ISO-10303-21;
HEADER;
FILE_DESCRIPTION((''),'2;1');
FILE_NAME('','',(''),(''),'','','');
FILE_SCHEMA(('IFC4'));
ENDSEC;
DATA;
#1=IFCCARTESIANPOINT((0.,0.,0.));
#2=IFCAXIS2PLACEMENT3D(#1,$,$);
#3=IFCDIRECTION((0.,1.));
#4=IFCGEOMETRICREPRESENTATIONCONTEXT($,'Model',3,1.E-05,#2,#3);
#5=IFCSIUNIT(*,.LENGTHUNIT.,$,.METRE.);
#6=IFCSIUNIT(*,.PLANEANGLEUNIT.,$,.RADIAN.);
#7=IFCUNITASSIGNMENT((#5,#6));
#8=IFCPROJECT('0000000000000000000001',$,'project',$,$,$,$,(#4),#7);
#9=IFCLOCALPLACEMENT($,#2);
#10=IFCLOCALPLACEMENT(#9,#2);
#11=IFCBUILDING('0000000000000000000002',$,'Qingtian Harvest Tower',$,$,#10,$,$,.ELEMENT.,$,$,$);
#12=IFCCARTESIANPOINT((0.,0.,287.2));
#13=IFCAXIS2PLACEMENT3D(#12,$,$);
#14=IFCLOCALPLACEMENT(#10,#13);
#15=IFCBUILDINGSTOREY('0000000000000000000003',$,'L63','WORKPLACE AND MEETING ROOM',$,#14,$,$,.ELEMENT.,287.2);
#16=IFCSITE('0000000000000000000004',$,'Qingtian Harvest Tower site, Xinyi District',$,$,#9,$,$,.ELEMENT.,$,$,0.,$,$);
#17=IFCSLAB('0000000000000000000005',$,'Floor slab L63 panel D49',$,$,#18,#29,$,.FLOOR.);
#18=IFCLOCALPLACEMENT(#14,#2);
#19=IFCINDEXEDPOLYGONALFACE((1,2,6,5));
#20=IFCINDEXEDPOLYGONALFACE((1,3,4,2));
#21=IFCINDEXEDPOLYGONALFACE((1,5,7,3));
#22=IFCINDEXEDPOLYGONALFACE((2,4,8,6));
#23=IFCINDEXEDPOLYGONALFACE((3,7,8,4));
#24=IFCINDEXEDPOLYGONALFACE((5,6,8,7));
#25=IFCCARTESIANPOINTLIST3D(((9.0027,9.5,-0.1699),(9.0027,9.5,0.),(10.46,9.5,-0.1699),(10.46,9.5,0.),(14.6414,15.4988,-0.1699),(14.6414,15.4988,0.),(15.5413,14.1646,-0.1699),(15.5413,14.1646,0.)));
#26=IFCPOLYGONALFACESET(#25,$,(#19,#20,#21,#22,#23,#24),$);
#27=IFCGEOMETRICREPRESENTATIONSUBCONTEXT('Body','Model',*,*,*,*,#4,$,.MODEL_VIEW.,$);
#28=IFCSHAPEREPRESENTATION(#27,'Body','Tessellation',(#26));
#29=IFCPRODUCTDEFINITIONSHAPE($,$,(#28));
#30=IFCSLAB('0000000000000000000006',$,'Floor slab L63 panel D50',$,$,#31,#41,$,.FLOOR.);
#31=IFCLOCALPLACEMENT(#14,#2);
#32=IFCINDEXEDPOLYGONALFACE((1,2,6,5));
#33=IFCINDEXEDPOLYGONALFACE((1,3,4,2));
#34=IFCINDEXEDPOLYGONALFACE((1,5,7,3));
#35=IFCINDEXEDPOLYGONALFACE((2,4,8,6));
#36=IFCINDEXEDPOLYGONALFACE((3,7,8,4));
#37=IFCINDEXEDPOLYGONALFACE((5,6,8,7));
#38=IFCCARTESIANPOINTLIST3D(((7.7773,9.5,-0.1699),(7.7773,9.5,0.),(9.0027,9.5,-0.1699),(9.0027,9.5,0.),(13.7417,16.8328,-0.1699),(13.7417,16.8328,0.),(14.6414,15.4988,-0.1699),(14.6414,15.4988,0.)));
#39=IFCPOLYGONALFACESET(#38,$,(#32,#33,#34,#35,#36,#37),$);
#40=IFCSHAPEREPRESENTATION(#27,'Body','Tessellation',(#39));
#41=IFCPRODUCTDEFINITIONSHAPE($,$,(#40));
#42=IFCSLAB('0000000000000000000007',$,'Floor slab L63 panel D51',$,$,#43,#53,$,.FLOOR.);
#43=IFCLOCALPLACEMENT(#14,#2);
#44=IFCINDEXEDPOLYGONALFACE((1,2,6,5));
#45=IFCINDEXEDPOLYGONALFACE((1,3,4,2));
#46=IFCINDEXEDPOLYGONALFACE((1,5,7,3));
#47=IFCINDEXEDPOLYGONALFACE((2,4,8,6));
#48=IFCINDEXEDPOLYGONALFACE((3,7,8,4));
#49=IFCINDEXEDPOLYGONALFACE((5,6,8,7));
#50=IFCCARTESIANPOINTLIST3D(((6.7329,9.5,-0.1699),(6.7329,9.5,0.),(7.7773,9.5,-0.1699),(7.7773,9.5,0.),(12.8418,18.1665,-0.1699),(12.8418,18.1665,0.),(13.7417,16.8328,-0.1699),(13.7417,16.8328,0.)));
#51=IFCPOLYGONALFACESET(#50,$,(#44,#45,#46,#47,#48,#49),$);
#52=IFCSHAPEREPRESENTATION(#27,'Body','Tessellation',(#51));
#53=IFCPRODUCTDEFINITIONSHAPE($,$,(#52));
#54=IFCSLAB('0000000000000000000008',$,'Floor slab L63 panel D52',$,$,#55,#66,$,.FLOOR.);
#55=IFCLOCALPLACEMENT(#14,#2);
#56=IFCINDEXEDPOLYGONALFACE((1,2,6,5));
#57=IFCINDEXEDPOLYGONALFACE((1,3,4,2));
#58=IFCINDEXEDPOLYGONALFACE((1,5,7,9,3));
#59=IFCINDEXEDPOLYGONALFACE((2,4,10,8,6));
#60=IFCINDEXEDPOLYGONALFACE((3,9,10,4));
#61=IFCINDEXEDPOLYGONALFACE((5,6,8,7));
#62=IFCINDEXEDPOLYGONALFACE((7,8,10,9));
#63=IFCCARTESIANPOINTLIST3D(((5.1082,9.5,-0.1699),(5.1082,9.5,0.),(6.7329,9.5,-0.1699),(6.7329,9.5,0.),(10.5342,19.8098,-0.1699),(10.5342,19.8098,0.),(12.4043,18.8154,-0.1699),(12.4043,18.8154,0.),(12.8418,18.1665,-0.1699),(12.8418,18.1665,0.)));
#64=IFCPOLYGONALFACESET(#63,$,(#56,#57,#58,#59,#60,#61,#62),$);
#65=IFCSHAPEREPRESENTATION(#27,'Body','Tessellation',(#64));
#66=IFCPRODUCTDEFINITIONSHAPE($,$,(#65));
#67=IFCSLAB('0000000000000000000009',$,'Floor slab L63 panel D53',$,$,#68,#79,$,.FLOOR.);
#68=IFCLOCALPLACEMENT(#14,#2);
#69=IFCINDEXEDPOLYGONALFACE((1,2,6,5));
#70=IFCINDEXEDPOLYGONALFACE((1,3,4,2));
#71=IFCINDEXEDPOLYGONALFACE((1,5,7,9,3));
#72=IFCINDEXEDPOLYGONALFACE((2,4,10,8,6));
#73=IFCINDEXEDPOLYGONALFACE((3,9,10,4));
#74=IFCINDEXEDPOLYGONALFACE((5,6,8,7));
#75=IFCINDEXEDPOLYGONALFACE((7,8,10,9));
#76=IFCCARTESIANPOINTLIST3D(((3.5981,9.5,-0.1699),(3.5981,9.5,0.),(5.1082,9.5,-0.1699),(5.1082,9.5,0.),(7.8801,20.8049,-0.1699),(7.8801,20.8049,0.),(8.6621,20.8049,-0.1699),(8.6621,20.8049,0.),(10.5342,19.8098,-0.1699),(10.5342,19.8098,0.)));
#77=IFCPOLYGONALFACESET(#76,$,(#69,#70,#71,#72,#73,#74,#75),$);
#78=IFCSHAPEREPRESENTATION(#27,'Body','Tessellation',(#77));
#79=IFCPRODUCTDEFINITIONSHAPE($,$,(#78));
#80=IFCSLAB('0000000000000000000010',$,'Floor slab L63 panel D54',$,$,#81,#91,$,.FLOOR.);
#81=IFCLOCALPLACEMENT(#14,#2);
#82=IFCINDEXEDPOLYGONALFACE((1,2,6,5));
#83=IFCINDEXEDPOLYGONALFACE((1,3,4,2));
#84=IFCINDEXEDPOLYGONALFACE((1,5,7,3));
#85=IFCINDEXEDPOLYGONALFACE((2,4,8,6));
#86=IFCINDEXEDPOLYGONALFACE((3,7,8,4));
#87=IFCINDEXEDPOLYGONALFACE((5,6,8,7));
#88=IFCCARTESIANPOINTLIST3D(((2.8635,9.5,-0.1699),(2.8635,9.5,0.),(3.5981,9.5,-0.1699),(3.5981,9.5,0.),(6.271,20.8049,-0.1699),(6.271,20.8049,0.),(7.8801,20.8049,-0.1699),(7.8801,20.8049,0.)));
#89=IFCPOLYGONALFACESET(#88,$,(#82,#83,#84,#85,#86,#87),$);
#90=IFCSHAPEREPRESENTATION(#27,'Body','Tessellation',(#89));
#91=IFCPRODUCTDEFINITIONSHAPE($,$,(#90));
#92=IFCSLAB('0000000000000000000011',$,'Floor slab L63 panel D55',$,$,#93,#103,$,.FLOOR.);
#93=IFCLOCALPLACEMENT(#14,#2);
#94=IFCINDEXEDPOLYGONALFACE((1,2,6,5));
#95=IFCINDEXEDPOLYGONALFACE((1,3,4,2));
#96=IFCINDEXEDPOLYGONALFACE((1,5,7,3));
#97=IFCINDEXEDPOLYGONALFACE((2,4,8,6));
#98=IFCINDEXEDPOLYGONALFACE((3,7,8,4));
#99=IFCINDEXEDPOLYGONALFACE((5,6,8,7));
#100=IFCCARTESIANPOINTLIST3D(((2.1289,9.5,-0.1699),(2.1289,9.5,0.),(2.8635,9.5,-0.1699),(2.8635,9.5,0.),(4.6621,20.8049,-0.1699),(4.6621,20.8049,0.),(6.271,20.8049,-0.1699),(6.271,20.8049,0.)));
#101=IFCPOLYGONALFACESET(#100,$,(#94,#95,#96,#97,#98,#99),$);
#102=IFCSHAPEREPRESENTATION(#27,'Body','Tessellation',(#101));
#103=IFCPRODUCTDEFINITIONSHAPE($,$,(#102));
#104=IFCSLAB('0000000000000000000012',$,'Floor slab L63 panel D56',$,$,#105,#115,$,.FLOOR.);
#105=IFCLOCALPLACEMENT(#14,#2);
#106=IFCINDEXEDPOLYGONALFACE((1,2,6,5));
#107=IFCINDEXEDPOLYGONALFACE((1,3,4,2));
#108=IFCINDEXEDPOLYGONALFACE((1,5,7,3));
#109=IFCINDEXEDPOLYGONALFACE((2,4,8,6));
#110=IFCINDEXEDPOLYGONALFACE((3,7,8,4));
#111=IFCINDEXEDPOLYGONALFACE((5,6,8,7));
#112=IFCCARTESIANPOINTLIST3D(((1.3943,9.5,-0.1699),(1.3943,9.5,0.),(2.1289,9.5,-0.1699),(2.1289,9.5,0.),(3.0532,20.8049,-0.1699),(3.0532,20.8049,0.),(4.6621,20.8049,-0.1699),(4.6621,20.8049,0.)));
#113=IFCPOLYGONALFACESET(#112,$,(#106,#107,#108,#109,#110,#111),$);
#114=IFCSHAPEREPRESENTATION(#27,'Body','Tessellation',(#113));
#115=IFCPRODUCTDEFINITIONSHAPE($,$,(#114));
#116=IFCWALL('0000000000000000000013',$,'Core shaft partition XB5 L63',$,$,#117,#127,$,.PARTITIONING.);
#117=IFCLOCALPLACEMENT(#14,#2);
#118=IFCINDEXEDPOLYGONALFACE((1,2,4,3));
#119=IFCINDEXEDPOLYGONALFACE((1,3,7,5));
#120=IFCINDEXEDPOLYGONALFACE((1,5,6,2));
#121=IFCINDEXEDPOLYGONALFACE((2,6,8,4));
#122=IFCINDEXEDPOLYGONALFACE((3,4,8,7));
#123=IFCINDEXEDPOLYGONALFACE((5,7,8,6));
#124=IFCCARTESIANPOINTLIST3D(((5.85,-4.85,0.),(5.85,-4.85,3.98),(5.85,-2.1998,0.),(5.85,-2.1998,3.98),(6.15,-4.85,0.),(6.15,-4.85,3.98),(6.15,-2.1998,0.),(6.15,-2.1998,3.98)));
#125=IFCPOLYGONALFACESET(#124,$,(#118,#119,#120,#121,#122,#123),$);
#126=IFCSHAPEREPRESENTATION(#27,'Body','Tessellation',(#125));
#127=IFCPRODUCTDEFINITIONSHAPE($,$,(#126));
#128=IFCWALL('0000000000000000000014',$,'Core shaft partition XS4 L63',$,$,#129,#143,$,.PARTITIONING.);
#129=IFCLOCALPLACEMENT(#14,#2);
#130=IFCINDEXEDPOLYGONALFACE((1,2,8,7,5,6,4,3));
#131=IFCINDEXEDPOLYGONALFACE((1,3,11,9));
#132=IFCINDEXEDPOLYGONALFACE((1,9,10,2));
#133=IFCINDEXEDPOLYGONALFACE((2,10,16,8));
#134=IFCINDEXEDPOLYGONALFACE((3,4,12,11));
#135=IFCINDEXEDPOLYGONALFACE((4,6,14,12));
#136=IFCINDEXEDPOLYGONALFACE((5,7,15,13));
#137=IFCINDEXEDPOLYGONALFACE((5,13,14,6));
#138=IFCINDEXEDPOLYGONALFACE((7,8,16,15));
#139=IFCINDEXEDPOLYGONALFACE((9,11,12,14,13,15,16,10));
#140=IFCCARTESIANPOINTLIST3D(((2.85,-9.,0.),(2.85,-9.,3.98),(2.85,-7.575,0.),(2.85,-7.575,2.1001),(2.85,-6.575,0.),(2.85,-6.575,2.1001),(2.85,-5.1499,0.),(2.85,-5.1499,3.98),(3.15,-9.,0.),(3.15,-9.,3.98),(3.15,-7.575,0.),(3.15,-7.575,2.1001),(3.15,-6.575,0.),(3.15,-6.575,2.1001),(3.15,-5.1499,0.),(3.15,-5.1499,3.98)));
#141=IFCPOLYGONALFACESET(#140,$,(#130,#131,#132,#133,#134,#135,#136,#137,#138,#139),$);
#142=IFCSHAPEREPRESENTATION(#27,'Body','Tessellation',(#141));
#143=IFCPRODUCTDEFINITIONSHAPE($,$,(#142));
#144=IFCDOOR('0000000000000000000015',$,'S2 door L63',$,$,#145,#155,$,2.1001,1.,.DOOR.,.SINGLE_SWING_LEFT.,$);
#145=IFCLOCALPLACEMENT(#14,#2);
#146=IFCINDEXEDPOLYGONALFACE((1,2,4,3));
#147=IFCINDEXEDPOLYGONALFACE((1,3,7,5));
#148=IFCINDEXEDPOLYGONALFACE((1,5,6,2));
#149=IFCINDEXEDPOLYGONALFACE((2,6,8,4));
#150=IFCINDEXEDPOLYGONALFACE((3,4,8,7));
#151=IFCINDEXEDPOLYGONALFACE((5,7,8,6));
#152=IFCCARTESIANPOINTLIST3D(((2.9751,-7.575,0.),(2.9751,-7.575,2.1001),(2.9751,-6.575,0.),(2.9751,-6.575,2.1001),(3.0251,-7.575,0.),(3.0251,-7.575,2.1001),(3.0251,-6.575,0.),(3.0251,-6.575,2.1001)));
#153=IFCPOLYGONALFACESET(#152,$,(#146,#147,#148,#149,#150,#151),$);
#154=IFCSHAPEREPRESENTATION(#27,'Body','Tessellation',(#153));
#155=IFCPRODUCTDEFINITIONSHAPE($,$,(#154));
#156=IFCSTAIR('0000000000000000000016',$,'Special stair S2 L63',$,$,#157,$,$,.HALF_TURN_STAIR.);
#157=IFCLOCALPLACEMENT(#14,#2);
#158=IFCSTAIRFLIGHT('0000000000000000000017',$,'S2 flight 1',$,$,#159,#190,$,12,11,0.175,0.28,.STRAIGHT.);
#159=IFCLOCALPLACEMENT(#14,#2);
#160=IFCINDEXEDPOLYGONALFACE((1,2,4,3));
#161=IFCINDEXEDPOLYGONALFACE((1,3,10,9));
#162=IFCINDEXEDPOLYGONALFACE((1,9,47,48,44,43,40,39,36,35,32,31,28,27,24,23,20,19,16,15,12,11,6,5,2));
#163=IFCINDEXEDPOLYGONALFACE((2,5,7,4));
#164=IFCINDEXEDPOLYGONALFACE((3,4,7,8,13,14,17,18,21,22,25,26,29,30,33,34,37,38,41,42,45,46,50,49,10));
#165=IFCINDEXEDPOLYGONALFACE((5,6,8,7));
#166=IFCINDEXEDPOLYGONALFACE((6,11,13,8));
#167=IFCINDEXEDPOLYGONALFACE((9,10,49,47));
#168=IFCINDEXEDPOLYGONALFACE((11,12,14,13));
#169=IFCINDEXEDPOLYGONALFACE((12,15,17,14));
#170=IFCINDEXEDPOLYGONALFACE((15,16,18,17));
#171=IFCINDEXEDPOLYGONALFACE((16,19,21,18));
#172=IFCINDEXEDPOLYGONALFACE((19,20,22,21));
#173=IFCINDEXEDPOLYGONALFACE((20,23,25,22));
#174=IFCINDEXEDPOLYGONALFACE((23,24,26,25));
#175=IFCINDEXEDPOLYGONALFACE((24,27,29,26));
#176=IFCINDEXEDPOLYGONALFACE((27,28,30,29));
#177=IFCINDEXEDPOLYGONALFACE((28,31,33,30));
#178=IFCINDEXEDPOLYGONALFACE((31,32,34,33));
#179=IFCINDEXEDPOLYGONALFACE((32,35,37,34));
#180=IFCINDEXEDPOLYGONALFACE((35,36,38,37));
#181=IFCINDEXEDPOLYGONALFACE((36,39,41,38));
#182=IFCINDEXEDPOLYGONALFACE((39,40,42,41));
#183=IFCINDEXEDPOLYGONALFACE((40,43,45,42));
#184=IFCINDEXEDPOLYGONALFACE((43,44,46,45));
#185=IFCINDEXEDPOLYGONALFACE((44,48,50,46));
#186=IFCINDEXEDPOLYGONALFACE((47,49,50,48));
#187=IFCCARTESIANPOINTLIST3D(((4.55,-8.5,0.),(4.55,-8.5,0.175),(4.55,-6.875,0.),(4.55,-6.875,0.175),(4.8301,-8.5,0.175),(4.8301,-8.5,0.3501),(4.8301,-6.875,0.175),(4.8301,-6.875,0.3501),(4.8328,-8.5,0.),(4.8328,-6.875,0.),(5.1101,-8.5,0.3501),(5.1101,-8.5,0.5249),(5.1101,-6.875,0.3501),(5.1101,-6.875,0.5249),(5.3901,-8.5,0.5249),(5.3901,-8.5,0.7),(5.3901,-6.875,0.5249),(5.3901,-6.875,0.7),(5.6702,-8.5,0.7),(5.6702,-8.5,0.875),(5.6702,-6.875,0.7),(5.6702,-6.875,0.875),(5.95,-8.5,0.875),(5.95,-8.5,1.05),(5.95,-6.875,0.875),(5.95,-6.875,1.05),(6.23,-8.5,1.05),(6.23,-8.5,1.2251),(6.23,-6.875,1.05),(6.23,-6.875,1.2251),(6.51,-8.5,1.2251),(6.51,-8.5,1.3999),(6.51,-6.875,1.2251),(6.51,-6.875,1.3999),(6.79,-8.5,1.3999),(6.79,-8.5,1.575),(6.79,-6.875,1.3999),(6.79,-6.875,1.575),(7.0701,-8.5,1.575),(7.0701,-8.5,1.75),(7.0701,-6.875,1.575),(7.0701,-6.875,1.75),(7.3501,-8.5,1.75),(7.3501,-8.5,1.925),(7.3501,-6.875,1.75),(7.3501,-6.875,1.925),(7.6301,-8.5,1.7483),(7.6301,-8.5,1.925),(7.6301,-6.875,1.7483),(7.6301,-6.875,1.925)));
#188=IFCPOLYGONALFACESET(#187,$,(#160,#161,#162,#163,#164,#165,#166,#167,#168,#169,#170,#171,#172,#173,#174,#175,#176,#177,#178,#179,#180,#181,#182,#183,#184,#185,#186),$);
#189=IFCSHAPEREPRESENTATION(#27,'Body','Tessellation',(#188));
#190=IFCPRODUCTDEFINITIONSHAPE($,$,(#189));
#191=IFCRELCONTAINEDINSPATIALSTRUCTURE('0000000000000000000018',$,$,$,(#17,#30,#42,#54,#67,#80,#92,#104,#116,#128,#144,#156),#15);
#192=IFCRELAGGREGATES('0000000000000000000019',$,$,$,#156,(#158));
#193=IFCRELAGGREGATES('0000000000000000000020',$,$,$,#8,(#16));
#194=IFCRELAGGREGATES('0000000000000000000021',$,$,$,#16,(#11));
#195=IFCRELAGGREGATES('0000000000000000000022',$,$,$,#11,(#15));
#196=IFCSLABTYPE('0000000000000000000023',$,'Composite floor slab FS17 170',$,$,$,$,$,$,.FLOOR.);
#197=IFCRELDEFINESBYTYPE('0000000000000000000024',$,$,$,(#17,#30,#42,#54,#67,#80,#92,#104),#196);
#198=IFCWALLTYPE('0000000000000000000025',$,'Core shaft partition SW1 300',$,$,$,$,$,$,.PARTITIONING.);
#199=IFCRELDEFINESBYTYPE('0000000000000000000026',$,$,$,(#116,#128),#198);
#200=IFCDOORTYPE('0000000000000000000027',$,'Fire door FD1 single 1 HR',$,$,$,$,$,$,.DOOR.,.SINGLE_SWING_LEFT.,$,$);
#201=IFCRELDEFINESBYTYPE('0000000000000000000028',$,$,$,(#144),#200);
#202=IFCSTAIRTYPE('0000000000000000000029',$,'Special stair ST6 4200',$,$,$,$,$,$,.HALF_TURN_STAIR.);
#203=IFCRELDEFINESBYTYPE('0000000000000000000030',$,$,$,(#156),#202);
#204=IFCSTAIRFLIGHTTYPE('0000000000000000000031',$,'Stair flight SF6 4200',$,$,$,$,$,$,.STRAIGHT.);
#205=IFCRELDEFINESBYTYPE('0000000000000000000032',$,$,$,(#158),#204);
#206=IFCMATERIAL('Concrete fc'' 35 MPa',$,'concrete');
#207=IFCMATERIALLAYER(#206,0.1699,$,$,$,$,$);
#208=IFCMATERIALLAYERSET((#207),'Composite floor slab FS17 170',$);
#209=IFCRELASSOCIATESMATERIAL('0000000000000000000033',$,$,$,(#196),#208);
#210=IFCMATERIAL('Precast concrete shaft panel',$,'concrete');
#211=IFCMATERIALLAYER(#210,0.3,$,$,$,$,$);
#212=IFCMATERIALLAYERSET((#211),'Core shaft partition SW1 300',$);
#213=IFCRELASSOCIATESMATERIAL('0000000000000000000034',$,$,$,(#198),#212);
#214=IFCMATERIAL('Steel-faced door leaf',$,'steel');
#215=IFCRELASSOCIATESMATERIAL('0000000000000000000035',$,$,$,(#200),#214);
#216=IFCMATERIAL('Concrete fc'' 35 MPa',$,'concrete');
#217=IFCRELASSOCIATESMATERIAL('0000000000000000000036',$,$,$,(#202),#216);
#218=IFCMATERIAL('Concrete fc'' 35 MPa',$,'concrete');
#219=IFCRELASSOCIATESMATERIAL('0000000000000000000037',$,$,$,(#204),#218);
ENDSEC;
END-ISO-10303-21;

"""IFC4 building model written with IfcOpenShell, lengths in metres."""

from ifc_helpers import new_model, si_unit, direction, frame, frame_2d, origin, place, context, subcontext, project, spatial, polyline, rectangle, outline, extrude, material, layer, layer_set, type_object, element, fill, aggregate, save


model = new_model("IFC4")

# Units and contexts
model_context = context("Model", 3, precision=1e-05, world=origin(), true_north=direction((0.0, 1.0)))
body_context = subcontext(model_context, "Body", "Model", "MODEL_VIEW")
ifc_project = project(units=[si_unit("LENGTHUNIT", "METRE"), si_unit("PLANEANGLEUNIT", "RADIAN")], contexts=[model_context])

# Site, building, storey
site_placement = place(None, origin())
site = spatial("IfcSite", under=ifc_project, at=site_placement, Name="Qingtian Harvest Tower site, Xinyi District", CompositionType="ELEMENT", RefElevation=0.0)
building_placement = place(site_placement, origin())
building = spatial("IfcBuilding", under=site, at=building_placement, Name="Qingtian Harvest Tower", CompositionType="ELEMENT")
storey_placement = place(building_placement, frame((0.0, 0.0, 287.2)))
storey = spatial("IfcBuildingStorey", under=building, at=storey_placement, Name="L63", Description="WORKPLACE AND MEETING ROOM", CompositionType="ELEMENT", Elevation=287.2)

# Slabs
ifc_material_1 = material(Name="Concrete fc' 35 MPa", Category="concrete")
ifc_layer_1 = layer(ifc_material_1, 0.1699)
ifc_layer_set_1 = layer_set([ifc_layer_1], Name="Composite floor slab FS17 170")
slab_type = type_object("IfcSlabType", Name="Composite floor slab FS17 170", PredefinedType="FLOOR", material=ifc_layer_set_1)
slab_1_placement = place(storey_placement, frame((0.0, 0.0, -0.1699)))
element("IfcSlab", 1, at=slab_1_placement, inside=storey, type_object=slab_type, Name="Floor slab L63 panel D49", PredefinedType="FLOOR", context=body_context, shape_type="SweptSolid", body=[
    extrude(outline(polyline([(9.0027, 9.5), (14.6414, 15.4988), (15.5413, 14.1646), (10.46, 9.5), (9.0027, 9.5)])), origin(), (0.0, 0.0, 1.0), 0.1699),
])
slab_2_placement = place(storey_placement, frame((0.0, 0.0, -0.1699)))
element("IfcSlab", 2, at=slab_2_placement, inside=storey, type_object=slab_type, Name="Floor slab L63 panel D50", PredefinedType="FLOOR", context=body_context, shape_type="SweptSolid", body=[
    extrude(outline(polyline([(7.7773, 9.5), (13.7417, 16.8328), (14.6414, 15.4988), (9.0027, 9.5), (7.7773, 9.5)])), origin(), (0.0, 0.0, 1.0), 0.1699),
])
slab_3_placement = place(storey_placement, frame((0.0, 0.0, -0.1699)))
element("IfcSlab", 3, at=slab_3_placement, inside=storey, type_object=slab_type, Name="Floor slab L63 panel D51", PredefinedType="FLOOR", context=body_context, shape_type="SweptSolid", body=[
    extrude(outline(polyline([(6.7329, 9.5), (12.8418, 18.1665), (13.7417, 16.8328), (7.7773, 9.5), (6.7329, 9.5)])), origin(), (0.0, 0.0, 1.0), 0.1699),
])
slab_4_placement = place(storey_placement, frame((0.0, 0.0, -0.1699)))
element("IfcSlab", 4, at=slab_4_placement, inside=storey, type_object=slab_type, Name="Floor slab L63 panel D52", PredefinedType="FLOOR", context=body_context, shape_type="SweptSolid", body=[
    extrude(outline(polyline([(6.7329, 9.5), (5.1082, 9.5), (10.5342, 19.8098), (12.4043, 18.8154), (12.8418, 18.1665), (6.7329, 9.5)])), origin(), (0.0, 0.0, 1.0), 0.1699),
])
slab_5_placement = place(storey_placement, frame((0.0, 0.0, -0.1699)))
element("IfcSlab", 5, at=slab_5_placement, inside=storey, type_object=slab_type, Name="Floor slab L63 panel D53", PredefinedType="FLOOR", context=body_context, shape_type="SweptSolid", body=[
    extrude(outline(polyline([(3.5981, 9.5), (7.8801, 20.8049), (8.6621, 20.8049), (10.5342, 19.8098), (5.1082, 9.5), (3.5981, 9.5)])), origin(), (0.0, 0.0, 1.0), 0.1699),
])
slab_6_placement = place(storey_placement, frame((0.0, 0.0, -0.1699)))
element("IfcSlab", 6, at=slab_6_placement, inside=storey, type_object=slab_type, Name="Floor slab L63 panel D54", PredefinedType="FLOOR", context=body_context, shape_type="SweptSolid", body=[
    extrude(outline(polyline([(2.8635, 9.5), (6.271, 20.8049), (7.8801, 20.8049), (3.5981, 9.5), (2.8635, 9.5)])), origin(), (0.0, 0.0, 1.0), 0.1699),
])
slab_7_placement = place(storey_placement, frame((0.0, 0.0, -0.1699)))
element("IfcSlab", 7, at=slab_7_placement, inside=storey, type_object=slab_type, Name="Floor slab L63 panel D55", PredefinedType="FLOOR", context=body_context, shape_type="SweptSolid", body=[
    extrude(outline(polyline([(2.1289, 9.5), (4.6621, 20.8049), (6.271, 20.8049), (2.8635, 9.5), (2.1289, 9.5)])), origin(), (0.0, 0.0, 1.0), 0.1699),
])
slab_8_placement = place(storey_placement, frame((0.0, 0.0, -0.1699)))
element("IfcSlab", 8, at=slab_8_placement, inside=storey, type_object=slab_type, Name="Floor slab L63 panel D56", PredefinedType="FLOOR", context=body_context, shape_type="SweptSolid", body=[
    extrude(outline(polyline([(1.3943, 9.5), (3.0532, 20.8049), (4.6621, 20.8049), (2.1289, 9.5), (1.3943, 9.5)])), origin(), (0.0, 0.0, 1.0), 0.1699),
])

# Wall
ifc_material_2 = material(Name="Precast concrete shaft panel", Category="concrete")
ifc_layer_2 = layer(ifc_material_2, 0.3)
ifc_layer_set_2 = layer_set([ifc_layer_2], Name="Core shaft partition SW1 300")
wall_type_1 = type_object("IfcWallType", Name="Core shaft partition SW1 300", PredefinedType="PARTITIONING", material=ifc_layer_set_2)
wall_1_placement = place(storey_placement, frame((6.0, -4.8501, 0.0), z_axis=(0.0, 0.0, 1.0), x_axis=(0.0, 1.0, 0.0)))
element("IfcWall", 9, at=wall_1_placement, inside=storey, type_object=wall_type_1, Name="Core shaft partition XB5 L63", PredefinedType="PARTITIONING", context=body_context, shape_type="SweptSolid", body=[
    extrude(rectangle(XDim=2.6501, YDim=0.3, at=frame_2d((1.3252, 0.0))), origin(), (0.0, 0.0, 1.0), 3.98),
])

# Wall, opening, door
wall_2_placement = place(storey_placement, frame((3.0, -9.0, 0.0), z_axis=(0.0, 0.0, 1.0), x_axis=(0.0, 1.0, 0.0)))
wall_2 = element("IfcWall", 10, at=wall_2_placement, inside=storey, type_object=wall_type_1, Name="Core shaft partition XS4 L63", PredefinedType="PARTITIONING", context=body_context, shape_type="SweptSolid", body=[
    extrude(rectangle(XDim=3.8501, YDim=0.3, at=frame_2d((1.925, 0.0))), origin(), (0.0, 0.0, 1.0), 3.98),
])
opening_1_placement = place(wall_2_placement, frame((1.425, 0.0, 0.0)))
opening_1 = element("IfcOpeningElement", 11, at=opening_1_placement, cuts=wall_2, PredefinedType="OPENING", context=body_context, shape_type="SweptSolid", body=[
    extrude(rectangle(XDim=1.0, YDim=2.1001, at=frame_2d((0.5, 1.05))), frame((0.0, 0.1599, 0.0), z_axis=(0.0, -1.0, 0.0), x_axis=(1.0, 0.0, 0.0)), (0.0, 0.0, 1.0), 0.3201),
])
ifc_material_3 = material(Name="Steel-faced door leaf", Category="steel")
door_type_1 = type_object("IfcDoorType", Name="Fire door FD1 single 1 HR", OperationType="SINGLE_SWING_LEFT", PredefinedType="DOOR", material=ifc_material_3)
door_1_placement = place(opening_1_placement, origin())
door_1 = element("IfcDoor", 12, at=door_1_placement, inside=storey, type_object=door_type_1, Name="S2 door L63", OperationType="SINGLE_SWING_LEFT", OverallHeight=2.1001, OverallWidth=1.0, PredefinedType="DOOR", context=body_context, shape_type="SweptSolid", body=[
    extrude(rectangle(XDim=1.0, YDim=2.1001, at=frame_2d((0.5, 1.05))), frame((0.0, 0.0249, 0.0), z_axis=(0.0, -1.0, 0.0), x_axis=(1.0, 0.0, 0.0)), (0.0, 0.0, 1.0), 0.05),
])
fill(opening_1, door_1)

# Stair, stair flight
ifc_material_4 = material(Name="Concrete fc' 35 MPa", Category="concrete")
stair_type = type_object("IfcStairType", Name="Special stair ST6 4200", PredefinedType="HALF_TURN_STAIR", material=ifc_material_4)
stair_placement = place(storey_placement, origin())
stair = element("IfcStair", 13, at=stair_placement, inside=storey, type_object=stair_type, Name="Special stair S2 L63", PredefinedType="HALF_TURN_STAIR")
ifc_material_5 = material(Name="Concrete fc' 35 MPa", Category="concrete")
stair_flight_type = type_object("IfcStairFlightType", Name="Stair flight SF6 4200", PredefinedType="STRAIGHT", material=ifc_material_5)
stair_flight_1_placement = place(storey_placement, frame((4.55, -7.6875, 0.0), z_axis=(0.0, 0.0, 1.0), x_axis=(1.0, 0.0, 0.0)))
stair_flight_1 = element("IfcStairFlight", 14, at=stair_flight_1_placement, type_object=stair_flight_type, Name="S2 flight 1", NumberOfRisers=12, NumberOfTreads=11, PredefinedType="STRAIGHT", RiserHeight=0.175, TreadLength=0.28, context=body_context, shape_type="SweptSolid", body=[
    extrude(outline(polyline([(0.0, 0.0), (0.0, 0.175), (0.28, 0.175), (0.28, 0.3501), (0.5601, 0.3501), (0.5601, 0.5249), (0.8401, 0.5249), (0.8401, 0.7), (1.1201, 0.7), (1.1201, 0.875), (1.3999, 0.875), (1.3999, 1.05), (1.6799, 1.05), (1.6799, 1.2251), (1.96, 1.2251), (1.96, 1.3999), (2.24, 1.3999), (2.24, 1.575), (2.52, 1.575), (2.52, 1.75), (2.8, 1.75), (2.8, 1.925), (3.0801, 1.925), (3.0801, 2.1001), (3.0801, 1.7483), (0.2827, 0.0), (0.0, 0.0)])), frame((0.0, 0.8125, 0.0), z_axis=(0.0, -1.0, 0.0), x_axis=(1.0, 0.0, 0.0)), (0.0, 0.0, 1.0), 1.625),
])
aggregate(stair, [stair_flight_1])

save(model, "model.ifc")
